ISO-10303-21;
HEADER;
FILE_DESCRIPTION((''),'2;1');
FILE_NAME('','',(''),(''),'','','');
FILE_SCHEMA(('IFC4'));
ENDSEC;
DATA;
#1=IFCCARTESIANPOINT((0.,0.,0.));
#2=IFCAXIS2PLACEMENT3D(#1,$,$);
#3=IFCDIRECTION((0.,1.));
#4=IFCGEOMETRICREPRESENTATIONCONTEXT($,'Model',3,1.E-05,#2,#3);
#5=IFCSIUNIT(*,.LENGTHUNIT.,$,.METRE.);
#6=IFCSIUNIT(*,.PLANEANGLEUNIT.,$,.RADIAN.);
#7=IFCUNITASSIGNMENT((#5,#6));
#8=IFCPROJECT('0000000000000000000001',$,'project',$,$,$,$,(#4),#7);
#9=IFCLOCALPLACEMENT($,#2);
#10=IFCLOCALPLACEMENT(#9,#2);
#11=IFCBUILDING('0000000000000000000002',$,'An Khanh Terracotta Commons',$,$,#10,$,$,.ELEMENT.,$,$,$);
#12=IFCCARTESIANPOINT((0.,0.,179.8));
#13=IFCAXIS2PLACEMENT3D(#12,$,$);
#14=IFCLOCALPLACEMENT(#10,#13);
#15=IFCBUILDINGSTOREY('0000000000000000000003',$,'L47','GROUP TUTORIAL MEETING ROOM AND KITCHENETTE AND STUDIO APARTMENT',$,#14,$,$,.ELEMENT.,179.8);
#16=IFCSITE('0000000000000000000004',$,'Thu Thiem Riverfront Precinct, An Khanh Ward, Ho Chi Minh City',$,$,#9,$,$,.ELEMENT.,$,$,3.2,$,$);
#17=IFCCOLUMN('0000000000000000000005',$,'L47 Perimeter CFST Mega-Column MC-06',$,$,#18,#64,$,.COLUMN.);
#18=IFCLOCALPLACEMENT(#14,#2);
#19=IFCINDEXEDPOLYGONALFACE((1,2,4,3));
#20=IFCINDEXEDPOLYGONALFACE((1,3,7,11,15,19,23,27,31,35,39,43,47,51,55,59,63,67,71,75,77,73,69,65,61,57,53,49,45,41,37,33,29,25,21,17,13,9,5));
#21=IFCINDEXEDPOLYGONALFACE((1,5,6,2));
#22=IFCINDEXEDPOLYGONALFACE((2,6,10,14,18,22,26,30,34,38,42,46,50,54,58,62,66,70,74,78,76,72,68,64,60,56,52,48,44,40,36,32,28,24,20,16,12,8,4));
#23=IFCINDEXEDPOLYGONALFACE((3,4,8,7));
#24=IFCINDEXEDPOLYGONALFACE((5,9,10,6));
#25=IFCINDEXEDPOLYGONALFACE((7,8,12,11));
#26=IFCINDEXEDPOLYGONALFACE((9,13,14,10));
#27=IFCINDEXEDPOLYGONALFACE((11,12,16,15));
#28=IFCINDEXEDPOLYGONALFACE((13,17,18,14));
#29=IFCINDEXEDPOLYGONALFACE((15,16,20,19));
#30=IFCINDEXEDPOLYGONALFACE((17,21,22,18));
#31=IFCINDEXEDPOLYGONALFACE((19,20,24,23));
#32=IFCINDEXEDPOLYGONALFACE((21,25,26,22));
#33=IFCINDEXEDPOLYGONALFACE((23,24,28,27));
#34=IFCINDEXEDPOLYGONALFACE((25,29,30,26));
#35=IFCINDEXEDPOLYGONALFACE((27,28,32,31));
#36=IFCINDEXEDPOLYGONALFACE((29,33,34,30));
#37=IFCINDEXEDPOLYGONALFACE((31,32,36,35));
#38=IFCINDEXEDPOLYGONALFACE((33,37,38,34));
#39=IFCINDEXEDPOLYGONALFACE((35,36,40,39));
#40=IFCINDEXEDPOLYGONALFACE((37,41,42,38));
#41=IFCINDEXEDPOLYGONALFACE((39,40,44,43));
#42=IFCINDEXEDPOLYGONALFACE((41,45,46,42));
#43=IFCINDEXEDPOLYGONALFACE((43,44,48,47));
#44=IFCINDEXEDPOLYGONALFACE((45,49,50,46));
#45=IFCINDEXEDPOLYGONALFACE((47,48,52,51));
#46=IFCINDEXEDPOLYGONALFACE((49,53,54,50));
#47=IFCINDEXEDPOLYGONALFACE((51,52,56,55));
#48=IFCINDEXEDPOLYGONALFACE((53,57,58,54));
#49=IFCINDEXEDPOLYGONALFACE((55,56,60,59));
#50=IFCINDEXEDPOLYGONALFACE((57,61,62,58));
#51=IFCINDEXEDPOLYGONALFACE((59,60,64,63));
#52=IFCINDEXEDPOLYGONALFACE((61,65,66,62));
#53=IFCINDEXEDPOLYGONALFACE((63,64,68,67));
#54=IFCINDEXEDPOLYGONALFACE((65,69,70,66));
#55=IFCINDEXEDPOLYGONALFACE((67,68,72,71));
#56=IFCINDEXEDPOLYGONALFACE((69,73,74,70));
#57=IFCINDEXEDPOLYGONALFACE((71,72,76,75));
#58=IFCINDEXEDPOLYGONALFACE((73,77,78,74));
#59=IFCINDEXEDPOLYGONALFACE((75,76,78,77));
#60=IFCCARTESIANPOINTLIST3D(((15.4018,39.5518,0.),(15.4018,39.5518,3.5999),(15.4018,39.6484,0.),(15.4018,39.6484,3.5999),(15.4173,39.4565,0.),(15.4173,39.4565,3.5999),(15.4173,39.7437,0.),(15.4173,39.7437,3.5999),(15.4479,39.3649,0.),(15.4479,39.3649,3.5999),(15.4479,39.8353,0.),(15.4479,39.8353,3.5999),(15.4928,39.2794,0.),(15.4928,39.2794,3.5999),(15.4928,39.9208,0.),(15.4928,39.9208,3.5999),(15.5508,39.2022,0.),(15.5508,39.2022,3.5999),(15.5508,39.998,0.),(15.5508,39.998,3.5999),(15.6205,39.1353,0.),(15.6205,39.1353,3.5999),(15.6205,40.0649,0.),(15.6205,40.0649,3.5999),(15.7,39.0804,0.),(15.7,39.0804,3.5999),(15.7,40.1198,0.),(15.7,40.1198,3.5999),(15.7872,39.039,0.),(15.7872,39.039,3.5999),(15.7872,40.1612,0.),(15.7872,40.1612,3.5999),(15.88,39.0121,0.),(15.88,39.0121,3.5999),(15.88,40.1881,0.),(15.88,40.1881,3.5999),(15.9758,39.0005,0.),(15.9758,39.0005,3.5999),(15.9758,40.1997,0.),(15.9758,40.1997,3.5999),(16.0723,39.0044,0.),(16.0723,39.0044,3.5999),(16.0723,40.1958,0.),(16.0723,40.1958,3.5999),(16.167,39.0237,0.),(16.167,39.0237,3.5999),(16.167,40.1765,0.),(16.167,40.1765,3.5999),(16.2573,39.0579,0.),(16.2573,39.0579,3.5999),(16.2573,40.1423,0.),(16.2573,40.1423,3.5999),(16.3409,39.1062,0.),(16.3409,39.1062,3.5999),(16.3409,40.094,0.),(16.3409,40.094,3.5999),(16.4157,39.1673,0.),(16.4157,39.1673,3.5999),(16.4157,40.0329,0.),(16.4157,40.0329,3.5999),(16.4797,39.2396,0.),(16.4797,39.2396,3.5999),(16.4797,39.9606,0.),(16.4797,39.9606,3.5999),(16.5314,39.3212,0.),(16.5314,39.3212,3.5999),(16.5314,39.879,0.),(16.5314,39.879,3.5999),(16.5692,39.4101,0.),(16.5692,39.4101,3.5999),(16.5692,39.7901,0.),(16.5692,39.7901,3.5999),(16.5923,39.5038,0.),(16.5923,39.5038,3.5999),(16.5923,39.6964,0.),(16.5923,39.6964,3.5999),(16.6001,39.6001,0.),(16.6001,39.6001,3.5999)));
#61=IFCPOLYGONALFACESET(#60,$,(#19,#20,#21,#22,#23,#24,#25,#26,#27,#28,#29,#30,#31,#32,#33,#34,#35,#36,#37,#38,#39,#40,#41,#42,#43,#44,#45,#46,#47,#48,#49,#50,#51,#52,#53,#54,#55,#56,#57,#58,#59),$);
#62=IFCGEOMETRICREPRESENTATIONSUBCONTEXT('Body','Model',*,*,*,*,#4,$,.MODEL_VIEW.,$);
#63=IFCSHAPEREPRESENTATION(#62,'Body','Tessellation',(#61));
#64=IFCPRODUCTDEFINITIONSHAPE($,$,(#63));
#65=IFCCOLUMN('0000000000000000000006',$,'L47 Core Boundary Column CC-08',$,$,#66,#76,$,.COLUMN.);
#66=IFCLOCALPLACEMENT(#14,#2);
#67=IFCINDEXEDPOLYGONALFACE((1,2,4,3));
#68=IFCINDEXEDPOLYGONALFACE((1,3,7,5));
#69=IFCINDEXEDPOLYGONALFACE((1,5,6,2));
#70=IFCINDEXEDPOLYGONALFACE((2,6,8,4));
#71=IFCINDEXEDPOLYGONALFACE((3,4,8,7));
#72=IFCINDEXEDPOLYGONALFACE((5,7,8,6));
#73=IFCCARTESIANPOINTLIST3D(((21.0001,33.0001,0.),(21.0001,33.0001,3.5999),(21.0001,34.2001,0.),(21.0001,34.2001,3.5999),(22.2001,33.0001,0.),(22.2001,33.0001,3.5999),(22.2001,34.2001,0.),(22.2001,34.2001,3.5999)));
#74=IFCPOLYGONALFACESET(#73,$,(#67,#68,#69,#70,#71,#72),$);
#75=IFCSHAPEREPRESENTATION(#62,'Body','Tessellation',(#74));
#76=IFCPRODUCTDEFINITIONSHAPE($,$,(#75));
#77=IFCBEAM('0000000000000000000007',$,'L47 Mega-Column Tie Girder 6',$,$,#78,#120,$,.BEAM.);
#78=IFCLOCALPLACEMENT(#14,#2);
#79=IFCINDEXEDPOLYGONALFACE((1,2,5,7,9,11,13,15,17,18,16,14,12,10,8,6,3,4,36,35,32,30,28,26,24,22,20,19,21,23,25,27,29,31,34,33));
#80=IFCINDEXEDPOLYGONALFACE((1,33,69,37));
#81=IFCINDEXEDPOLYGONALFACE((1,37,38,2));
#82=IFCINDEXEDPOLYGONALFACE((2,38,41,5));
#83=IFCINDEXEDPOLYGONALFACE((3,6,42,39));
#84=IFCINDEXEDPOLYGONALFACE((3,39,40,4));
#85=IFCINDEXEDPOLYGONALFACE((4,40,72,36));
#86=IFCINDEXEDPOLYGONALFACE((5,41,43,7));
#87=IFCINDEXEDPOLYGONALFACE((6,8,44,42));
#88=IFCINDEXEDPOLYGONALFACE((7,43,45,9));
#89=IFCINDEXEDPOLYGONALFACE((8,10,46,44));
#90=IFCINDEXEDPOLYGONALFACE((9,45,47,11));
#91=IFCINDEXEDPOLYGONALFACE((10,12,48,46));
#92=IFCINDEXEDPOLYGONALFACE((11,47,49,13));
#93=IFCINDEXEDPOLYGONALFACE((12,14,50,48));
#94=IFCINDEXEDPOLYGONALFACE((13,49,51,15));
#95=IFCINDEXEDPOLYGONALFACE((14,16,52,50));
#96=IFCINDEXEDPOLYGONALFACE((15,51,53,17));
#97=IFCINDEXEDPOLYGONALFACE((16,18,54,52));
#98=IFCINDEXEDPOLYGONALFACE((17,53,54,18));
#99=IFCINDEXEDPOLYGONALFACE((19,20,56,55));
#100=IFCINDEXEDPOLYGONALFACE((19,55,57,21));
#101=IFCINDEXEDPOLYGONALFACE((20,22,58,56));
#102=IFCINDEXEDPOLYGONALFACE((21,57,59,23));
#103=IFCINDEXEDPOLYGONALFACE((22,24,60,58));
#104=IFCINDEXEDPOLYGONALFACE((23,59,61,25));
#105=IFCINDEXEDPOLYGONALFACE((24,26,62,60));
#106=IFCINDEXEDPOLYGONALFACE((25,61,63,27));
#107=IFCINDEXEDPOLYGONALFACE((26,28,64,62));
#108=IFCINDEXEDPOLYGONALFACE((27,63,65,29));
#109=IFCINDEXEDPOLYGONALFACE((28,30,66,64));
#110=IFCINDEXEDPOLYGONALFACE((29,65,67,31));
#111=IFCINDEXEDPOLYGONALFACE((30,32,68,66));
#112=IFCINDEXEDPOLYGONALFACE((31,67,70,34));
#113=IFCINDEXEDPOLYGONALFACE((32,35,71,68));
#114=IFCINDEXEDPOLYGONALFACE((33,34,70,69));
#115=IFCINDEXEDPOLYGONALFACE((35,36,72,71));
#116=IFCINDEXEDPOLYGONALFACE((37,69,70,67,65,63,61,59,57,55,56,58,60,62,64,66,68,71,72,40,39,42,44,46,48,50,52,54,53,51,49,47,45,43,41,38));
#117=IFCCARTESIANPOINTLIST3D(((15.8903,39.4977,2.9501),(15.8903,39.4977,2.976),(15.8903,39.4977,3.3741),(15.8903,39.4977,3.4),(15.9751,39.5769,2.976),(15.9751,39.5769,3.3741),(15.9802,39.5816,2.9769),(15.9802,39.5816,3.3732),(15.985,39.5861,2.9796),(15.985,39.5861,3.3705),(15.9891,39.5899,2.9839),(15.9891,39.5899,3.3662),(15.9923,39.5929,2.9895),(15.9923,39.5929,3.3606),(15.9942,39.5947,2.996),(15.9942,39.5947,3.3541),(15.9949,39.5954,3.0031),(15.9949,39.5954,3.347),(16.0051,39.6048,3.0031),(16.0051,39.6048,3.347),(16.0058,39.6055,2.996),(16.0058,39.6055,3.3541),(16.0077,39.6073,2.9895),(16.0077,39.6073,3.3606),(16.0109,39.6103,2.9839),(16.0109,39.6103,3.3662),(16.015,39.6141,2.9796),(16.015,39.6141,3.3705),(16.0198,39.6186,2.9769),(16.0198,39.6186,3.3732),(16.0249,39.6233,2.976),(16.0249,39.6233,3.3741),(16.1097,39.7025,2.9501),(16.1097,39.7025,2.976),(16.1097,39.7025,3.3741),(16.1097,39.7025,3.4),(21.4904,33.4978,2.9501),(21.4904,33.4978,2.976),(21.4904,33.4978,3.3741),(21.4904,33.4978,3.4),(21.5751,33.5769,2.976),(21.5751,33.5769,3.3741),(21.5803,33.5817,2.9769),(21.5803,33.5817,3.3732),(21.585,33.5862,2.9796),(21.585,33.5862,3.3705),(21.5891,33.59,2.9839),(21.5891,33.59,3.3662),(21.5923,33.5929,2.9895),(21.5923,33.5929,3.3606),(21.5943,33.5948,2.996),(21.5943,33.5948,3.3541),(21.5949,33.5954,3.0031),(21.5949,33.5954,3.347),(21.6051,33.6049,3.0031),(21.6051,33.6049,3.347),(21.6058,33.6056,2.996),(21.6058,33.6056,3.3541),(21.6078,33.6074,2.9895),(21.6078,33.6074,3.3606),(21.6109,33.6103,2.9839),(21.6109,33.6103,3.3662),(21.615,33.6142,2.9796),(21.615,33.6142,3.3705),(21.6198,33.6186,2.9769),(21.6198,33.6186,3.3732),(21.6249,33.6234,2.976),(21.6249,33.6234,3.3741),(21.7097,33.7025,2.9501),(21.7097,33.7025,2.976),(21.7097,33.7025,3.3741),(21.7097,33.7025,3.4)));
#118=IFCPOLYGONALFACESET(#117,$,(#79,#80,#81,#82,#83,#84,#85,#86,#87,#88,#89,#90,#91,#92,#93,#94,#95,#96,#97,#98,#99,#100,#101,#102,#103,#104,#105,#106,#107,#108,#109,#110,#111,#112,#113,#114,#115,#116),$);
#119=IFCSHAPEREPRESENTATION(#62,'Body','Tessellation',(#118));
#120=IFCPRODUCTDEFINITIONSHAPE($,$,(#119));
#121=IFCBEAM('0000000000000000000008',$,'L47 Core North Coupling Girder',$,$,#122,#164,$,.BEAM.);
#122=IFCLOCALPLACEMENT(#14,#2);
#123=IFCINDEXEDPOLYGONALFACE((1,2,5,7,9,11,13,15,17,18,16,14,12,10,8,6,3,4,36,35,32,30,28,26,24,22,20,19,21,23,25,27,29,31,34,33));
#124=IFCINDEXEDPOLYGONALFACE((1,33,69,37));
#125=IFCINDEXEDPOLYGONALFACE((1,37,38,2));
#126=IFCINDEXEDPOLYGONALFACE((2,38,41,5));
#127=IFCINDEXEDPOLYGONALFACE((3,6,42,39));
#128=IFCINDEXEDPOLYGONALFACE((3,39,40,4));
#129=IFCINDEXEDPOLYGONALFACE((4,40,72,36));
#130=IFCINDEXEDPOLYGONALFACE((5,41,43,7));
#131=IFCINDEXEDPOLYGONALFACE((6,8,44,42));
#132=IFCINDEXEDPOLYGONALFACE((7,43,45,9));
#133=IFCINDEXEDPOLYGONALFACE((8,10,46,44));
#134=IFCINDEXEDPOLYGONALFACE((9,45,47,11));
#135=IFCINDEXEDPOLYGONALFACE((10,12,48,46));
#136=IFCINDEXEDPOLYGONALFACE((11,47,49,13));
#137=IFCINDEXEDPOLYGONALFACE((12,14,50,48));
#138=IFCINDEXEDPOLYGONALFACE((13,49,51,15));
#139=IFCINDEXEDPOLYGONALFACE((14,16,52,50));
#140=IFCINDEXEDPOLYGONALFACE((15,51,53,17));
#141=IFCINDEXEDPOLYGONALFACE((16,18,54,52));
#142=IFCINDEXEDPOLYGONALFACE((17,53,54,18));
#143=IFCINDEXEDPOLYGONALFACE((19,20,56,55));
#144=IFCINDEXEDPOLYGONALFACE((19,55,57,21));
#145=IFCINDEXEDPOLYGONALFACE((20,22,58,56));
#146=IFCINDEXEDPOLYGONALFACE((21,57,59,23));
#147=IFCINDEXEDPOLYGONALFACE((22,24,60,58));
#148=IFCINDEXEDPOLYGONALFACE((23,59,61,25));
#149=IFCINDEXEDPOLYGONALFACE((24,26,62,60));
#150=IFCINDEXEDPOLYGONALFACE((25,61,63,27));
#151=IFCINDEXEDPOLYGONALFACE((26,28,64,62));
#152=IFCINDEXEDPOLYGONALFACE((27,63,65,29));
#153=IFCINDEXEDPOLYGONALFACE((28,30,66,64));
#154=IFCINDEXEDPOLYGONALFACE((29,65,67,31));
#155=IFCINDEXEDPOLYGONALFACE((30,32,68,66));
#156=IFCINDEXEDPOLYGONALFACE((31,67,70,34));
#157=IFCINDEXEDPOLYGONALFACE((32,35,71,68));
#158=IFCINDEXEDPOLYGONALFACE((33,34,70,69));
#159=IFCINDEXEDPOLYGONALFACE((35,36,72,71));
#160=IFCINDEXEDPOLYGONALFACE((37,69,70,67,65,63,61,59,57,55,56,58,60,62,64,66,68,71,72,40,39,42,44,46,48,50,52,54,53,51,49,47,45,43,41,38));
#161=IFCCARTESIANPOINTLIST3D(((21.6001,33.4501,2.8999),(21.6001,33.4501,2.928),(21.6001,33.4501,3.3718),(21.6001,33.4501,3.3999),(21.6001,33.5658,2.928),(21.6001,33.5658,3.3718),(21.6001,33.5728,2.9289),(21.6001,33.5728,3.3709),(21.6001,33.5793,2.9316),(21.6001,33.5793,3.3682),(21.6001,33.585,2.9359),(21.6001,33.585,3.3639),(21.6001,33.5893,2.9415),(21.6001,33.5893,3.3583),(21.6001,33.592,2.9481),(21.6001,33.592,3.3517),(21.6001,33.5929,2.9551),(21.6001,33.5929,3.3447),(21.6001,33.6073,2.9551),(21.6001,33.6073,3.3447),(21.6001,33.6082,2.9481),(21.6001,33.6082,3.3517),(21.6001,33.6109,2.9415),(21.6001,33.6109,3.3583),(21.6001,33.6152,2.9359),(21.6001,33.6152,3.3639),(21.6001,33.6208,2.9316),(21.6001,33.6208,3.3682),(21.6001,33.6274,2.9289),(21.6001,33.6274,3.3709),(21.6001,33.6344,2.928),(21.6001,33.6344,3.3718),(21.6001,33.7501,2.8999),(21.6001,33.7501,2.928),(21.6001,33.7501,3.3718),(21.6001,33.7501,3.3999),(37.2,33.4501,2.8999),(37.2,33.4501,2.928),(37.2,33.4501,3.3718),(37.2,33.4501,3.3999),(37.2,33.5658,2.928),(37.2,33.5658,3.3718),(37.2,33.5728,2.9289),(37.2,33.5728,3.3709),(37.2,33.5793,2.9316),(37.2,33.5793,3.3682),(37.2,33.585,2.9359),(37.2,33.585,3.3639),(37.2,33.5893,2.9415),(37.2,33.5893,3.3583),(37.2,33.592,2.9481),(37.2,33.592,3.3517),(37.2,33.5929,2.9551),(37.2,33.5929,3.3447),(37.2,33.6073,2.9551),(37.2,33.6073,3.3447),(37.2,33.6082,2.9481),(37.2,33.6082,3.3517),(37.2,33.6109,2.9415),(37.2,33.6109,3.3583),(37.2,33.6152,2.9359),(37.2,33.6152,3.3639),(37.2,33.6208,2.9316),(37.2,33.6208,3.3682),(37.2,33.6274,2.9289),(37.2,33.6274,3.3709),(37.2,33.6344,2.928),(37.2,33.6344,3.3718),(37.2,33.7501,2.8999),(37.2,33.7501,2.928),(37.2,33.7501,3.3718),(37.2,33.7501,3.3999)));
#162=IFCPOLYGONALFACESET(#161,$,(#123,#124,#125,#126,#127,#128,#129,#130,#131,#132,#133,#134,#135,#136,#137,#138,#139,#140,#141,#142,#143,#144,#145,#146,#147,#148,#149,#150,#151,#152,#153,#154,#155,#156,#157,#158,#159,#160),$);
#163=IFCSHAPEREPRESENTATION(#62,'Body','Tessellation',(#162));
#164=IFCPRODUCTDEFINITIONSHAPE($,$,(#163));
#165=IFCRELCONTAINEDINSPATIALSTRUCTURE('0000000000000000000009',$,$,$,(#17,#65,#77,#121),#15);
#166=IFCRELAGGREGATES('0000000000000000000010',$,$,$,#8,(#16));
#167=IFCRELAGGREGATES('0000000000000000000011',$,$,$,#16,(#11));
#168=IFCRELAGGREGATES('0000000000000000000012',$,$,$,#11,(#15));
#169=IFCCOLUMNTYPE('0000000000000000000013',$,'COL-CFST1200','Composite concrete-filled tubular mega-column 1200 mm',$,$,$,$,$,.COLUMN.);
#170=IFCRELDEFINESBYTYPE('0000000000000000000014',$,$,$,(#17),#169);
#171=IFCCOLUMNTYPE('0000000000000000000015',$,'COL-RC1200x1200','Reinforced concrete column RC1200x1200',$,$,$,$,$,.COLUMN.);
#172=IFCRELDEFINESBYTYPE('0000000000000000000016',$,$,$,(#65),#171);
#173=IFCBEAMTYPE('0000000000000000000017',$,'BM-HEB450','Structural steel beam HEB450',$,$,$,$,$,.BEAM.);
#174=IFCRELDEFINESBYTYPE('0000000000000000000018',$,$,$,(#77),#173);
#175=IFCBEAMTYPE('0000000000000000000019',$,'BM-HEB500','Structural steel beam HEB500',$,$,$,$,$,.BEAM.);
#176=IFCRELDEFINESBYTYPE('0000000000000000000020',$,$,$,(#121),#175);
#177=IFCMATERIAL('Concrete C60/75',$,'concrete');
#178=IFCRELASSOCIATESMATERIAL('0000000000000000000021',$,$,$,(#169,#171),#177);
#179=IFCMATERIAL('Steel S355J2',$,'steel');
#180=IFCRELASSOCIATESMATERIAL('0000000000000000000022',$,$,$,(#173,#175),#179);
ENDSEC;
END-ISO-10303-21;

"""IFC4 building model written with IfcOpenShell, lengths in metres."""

from ifc_helpers import new_model, si_unit, direction, frame, origin, origin_2d, place, context, subcontext, project, spatial, rectangle, circle, i_section, extrude, material, material_profile, profile_set, type_object, element, save


model = new_model("IFC4")

# Units and contexts
model_context = context("Model", 3, precision=1e-05, world=origin(), true_north=direction((0.0, 1.0)))
body_context = subcontext(model_context, "Body", "Model", "MODEL_VIEW")
ifc_project = project(units=[si_unit("LENGTHUNIT", "METRE"), si_unit("PLANEANGLEUNIT", "RADIAN")], contexts=[model_context])

# Site, building, storey
site_placement = place(None, origin())
site = spatial("IfcSite", under=ifc_project, at=site_placement, Name="Thu Thiem Riverfront Precinct, An Khanh Ward, Ho Chi Minh City", CompositionType="ELEMENT", RefElevation=3.2)
building_placement = place(site_placement, origin())
building = spatial("IfcBuilding", under=site, at=building_placement, Name="An Khanh Terracotta Commons", CompositionType="ELEMENT")
storey_placement = place(building_placement, frame((0.0, 0.0, 179.8)))
storey = spatial("IfcBuildingStorey", under=building, at=storey_placement, Name="L47", Description="GROUP TUTORIAL MEETING ROOM AND KITCHENETTE AND STUDIO APARTMENT", CompositionType="ELEMENT", Elevation=179.8)

# Columns
ifc_material_1 = material(Name="Concrete C60/75", Category="concrete")
ifc_material_profile_1 = material_profile(ifc_material_1, circle(Radius=0.6001, at=origin_2d()), Name="CFST1200")
ifc_profile_set_1 = profile_set([ifc_material_profile_1], Name="Concrete C60/75")
column_type_1 = type_object("IfcColumnType", Name="COL-CFST1200", Description="Composite concrete-filled tubular mega-column 1200 mm", PredefinedType="COLUMN", material=ifc_profile_set_1)
column_1_placement = place(storey_placement, frame((16.0, 39.6001, 0.0), z_axis=(0.0, 0.0, 1.0), x_axis=(1.0, 0.0, 0.0)))
element("IfcColumn", 1, at=column_1_placement, inside=storey, type_object=column_type_1, Name="L47 Perimeter CFST Mega-Column MC-06", PredefinedType="COLUMN", context=body_context, shape_type="SweptSolid", body=[
    extrude(circle(Radius=0.6001, at=origin_2d()), origin(), (0.0, 0.0, 1.0), 3.5999),
])
ifc_material_profile_2 = material_profile(ifc_material_1, rectangle(XDim=1.2, YDim=1.2, at=origin_2d()), Name="RC1200x1200")
ifc_profile_set_2 = profile_set([ifc_material_profile_2], Name="Concrete C60/75")
column_type_2 = type_object("IfcColumnType", Name="COL-RC1200x1200", Description="Reinforced concrete column RC1200x1200", PredefinedType="COLUMN", material=ifc_profile_set_2)
column_2_placement = place(storey_placement, frame((21.6001, 33.6001, 0.0), z_axis=(0.0, 0.0, 1.0), x_axis=(1.0, 0.0, 0.0)))
element("IfcColumn", 2, at=column_2_placement, inside=storey, type_object=column_type_2, Name="L47 Core Boundary Column CC-08", PredefinedType="COLUMN", context=body_context, shape_type="SweptSolid", body=[
    extrude(rectangle(XDim=1.2, YDim=1.2, at=origin_2d()), origin(), (0.0, 0.0, 1.0), 3.5999),
])

# Beams
ifc_material_2 = material(Name="Steel S355J2", Category="steel")
ifc_material_profile_3 = material_profile(ifc_material_2, i_section(OverallWidth=0.3, OverallDepth=0.45, WebThickness=0.0139, FlangeThickness=0.0259, FilletRadius=0.0271, at=origin_2d()), Name="HEB450")
ifc_profile_set_3 = profile_set([ifc_material_profile_3], Name="Steel S355J2")
beam_type_1 = type_object("IfcBeamType", Name="BM-HEB450", Description="Structural steel beam HEB450", PredefinedType="BEAM", material=ifc_profile_set_3)
beam_1_placement = place(storey_placement, frame((16.0, 39.6001, 3.175), z_axis=(0.682325, -0.731049, 0.0), x_axis=(0.731049, 0.682325, 0.0)))
element("IfcBeam", 3, at=beam_1_placement, inside=storey, type_object=beam_type_1, Name="L47 Mega-Column Tie Girder 6", PredefinedType="BEAM", context=body_context, shape_type="SweptSolid", body=[
    extrude(i_section(OverallWidth=0.3, OverallDepth=0.45, WebThickness=0.0139, FlangeThickness=0.0259, FilletRadius=0.0271, at=origin_2d()), origin(), (0.0, 0.0, 1.0), 8.2073),
])
ifc_material_profile_4 = material_profile(ifc_material_2, i_section(OverallWidth=0.3, OverallDepth=0.5, WebThickness=0.0144, FlangeThickness=0.0281, FilletRadius=0.0271, at=origin_2d()), Name="HEB500")
ifc_profile_set_4 = profile_set([ifc_material_profile_4], Name="Steel S355J2")
beam_type_2 = type_object("IfcBeamType", Name="BM-HEB500", Description="Structural steel beam HEB500", PredefinedType="BEAM", material=ifc_profile_set_4)
beam_2_placement = place(storey_placement, frame((21.6001, 33.6001, 3.1499), z_axis=(1.0, 0.0, 0.0), x_axis=(0.0, 1.0, 0.0)))
element("IfcBeam", 4, at=beam_2_placement, inside=storey, type_object=beam_type_2, Name="L47 Core North Coupling Girder", PredefinedType="BEAM", context=body_context, shape_type="SweptSolid", body=[
    extrude(i_section(OverallWidth=0.3, OverallDepth=0.5, WebThickness=0.0144, FlangeThickness=0.0281, FilletRadius=0.0271, at=origin_2d()), origin(), (0.0, 0.0, 1.0), 15.5999),
])

save(model, "model.ifc")
